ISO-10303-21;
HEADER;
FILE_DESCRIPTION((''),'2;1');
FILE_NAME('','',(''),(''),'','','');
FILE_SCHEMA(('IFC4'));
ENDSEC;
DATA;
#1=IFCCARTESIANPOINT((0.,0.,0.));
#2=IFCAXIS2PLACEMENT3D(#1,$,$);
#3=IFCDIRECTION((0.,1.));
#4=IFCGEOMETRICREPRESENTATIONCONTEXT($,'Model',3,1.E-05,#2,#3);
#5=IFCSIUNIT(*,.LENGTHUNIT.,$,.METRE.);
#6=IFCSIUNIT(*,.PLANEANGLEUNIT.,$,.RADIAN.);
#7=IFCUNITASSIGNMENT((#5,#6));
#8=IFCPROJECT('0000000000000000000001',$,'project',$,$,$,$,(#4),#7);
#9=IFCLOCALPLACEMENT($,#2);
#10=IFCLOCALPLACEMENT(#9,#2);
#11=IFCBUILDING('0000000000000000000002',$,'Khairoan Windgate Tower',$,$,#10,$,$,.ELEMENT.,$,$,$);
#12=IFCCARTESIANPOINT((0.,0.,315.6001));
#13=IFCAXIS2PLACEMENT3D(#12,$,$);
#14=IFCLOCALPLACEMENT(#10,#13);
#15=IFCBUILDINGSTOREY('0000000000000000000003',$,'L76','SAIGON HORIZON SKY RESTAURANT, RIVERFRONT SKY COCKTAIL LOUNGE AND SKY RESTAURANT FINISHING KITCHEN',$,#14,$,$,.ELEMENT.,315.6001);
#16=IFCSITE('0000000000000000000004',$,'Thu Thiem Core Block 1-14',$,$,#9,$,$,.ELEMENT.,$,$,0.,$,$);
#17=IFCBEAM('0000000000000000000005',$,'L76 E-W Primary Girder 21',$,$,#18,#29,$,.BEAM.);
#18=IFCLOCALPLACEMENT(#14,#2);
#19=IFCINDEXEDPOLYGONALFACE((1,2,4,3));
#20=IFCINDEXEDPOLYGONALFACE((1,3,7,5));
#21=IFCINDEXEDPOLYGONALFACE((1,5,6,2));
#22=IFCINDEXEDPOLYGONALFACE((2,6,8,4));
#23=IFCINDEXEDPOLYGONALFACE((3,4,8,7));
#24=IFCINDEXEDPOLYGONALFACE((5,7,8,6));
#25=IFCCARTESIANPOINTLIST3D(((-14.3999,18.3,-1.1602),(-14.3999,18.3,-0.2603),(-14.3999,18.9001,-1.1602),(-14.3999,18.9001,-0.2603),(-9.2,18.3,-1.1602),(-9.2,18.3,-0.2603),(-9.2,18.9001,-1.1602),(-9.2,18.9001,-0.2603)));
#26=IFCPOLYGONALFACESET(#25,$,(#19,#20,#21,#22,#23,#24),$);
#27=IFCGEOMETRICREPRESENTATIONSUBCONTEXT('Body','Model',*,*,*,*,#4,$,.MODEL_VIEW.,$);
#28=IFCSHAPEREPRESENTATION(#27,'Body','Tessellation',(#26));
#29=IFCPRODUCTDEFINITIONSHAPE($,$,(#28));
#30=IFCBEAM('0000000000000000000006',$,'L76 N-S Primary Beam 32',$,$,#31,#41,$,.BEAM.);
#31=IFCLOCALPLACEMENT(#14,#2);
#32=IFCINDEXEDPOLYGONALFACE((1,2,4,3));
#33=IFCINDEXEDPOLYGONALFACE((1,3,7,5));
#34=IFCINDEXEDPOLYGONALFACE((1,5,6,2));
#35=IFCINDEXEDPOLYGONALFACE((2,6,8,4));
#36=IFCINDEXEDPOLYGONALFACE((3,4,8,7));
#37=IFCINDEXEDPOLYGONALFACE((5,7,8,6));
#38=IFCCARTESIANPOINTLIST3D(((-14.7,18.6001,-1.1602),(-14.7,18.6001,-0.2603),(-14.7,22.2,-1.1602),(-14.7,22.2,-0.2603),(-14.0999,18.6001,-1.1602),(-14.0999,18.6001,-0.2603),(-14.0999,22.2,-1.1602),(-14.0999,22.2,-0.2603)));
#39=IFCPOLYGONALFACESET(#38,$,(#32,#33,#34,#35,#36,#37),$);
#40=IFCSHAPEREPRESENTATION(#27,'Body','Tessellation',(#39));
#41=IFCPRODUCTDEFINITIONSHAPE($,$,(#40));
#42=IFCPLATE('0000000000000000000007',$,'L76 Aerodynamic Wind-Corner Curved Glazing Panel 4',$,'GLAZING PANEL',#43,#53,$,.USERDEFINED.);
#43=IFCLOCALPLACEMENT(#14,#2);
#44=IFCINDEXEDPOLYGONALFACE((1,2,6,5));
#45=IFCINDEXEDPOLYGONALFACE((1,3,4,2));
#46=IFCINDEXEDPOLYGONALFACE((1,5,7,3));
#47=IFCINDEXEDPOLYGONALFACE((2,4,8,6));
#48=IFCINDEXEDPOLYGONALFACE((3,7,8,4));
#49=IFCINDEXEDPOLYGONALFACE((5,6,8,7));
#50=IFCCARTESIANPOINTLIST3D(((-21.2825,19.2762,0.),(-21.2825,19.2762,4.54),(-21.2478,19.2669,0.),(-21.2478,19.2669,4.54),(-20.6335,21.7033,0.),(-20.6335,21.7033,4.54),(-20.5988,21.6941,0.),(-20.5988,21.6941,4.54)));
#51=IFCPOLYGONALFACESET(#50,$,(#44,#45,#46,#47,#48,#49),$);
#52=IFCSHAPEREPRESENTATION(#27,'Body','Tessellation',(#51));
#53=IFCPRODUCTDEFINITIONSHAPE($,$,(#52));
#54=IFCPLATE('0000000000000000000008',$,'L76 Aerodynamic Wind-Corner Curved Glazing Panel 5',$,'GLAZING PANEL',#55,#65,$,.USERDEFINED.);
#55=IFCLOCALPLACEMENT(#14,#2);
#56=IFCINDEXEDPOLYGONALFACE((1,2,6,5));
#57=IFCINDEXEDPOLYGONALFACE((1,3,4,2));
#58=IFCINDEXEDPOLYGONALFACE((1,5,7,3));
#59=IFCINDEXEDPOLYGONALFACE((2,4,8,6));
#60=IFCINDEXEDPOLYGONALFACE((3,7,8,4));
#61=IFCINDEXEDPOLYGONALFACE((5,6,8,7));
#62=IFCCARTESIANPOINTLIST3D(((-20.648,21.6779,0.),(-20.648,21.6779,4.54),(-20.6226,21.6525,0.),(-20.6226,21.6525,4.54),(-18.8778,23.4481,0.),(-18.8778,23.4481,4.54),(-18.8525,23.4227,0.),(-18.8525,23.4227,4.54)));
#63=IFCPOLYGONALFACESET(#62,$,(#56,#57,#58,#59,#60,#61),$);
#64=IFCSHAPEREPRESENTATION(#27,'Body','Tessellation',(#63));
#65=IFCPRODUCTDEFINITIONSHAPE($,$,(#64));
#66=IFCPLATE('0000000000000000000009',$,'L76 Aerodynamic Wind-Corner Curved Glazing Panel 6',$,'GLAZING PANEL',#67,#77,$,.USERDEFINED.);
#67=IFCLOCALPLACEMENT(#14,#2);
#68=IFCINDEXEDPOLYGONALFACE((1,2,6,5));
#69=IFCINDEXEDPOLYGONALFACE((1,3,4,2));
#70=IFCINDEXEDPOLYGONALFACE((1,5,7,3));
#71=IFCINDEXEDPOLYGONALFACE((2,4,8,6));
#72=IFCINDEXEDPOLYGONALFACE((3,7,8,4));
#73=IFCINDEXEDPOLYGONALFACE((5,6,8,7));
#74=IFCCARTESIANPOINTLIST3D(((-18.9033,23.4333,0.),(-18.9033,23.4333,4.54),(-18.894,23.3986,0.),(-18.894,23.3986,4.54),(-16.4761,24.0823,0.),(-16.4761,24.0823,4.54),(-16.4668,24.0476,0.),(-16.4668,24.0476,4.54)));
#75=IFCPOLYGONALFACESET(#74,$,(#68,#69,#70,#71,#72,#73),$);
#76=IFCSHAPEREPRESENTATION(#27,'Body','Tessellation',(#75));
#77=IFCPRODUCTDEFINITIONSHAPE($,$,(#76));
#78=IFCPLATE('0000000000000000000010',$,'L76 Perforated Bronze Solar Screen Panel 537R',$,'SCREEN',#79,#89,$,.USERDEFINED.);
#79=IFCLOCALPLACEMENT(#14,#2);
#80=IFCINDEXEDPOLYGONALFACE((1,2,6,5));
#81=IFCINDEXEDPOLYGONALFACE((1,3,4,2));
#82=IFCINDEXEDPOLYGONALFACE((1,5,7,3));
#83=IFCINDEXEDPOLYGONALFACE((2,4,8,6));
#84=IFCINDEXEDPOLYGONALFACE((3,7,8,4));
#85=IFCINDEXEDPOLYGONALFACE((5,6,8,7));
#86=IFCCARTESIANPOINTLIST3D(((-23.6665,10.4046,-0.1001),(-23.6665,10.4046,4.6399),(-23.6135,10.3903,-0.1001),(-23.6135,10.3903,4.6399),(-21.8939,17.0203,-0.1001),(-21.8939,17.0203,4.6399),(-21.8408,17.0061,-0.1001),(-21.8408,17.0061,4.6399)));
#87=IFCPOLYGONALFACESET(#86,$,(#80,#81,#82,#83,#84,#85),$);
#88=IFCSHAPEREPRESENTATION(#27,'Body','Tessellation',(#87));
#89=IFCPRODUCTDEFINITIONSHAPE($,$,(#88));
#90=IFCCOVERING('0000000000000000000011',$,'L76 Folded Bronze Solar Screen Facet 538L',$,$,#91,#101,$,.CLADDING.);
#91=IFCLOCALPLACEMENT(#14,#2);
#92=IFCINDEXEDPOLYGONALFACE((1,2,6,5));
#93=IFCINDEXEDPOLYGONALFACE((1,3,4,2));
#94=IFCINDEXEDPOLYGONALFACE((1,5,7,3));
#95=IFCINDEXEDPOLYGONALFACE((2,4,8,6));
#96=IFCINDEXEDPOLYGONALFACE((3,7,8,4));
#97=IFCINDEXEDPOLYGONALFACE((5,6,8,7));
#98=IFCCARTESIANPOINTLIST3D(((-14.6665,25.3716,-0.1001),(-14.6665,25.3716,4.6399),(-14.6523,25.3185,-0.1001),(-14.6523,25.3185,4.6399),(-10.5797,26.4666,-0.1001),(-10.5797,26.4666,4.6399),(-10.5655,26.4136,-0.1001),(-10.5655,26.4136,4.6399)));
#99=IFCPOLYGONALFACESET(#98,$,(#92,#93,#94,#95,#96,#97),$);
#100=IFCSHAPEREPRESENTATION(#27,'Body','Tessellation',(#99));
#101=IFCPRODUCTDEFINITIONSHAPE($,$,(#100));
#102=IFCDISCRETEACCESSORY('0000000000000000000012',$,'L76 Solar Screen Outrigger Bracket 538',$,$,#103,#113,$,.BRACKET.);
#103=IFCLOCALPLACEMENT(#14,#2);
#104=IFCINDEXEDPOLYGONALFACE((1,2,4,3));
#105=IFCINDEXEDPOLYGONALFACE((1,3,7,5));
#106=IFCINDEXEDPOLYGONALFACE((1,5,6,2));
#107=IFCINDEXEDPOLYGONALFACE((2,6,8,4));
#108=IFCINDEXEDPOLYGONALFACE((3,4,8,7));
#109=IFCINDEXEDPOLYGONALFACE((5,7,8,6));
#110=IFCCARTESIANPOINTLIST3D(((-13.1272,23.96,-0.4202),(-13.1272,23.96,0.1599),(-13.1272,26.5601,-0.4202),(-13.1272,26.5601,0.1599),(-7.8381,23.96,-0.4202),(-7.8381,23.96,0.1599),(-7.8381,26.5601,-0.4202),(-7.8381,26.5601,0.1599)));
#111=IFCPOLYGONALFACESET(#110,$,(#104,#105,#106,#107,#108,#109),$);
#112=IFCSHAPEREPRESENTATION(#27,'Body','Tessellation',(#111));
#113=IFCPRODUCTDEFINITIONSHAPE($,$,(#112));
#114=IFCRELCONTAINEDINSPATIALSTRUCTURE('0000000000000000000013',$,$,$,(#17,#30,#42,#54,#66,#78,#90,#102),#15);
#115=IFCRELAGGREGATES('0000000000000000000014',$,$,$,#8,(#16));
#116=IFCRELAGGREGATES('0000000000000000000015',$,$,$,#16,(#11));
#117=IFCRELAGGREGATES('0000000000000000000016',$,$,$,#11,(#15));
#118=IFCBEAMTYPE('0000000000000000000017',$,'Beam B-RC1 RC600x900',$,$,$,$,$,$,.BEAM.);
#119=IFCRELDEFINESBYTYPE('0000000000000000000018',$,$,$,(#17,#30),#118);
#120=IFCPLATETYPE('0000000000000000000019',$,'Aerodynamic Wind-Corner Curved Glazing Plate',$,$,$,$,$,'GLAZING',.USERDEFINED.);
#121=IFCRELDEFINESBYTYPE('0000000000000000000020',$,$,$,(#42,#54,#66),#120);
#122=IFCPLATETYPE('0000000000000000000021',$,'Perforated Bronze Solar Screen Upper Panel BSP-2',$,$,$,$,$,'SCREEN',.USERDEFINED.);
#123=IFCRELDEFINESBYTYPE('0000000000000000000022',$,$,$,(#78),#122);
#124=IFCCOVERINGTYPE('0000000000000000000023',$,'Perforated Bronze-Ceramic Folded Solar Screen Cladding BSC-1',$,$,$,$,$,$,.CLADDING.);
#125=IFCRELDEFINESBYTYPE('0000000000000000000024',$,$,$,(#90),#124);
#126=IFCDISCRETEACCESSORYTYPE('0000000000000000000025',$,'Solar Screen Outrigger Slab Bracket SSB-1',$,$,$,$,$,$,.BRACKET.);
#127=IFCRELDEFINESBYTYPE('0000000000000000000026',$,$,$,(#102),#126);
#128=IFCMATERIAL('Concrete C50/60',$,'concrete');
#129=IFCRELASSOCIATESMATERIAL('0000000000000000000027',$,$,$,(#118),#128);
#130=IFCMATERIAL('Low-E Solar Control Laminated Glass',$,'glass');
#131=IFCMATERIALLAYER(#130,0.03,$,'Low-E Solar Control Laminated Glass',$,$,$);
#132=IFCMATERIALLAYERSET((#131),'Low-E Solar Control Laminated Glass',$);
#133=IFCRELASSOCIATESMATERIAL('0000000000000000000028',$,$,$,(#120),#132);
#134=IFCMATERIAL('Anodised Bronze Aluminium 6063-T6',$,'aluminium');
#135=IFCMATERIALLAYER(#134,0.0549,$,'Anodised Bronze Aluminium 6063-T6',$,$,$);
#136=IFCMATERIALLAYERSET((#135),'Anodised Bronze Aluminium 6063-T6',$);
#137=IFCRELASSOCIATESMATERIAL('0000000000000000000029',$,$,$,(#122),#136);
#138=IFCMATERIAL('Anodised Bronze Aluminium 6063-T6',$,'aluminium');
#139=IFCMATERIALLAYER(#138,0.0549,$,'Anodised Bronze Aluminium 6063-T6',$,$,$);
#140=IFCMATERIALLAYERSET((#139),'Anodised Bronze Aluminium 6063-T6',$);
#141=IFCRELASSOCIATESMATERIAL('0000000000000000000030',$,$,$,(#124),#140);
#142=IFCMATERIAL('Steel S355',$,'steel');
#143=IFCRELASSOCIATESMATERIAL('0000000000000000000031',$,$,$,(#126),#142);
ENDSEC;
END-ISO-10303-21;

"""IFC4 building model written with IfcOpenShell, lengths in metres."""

from ifc_helpers import new_model, si_unit, direction, frame, origin, origin_2d, place, context, subcontext, project, spatial, rectangle, extrude, material, layer, layer_set, material_profile, profile_set, type_object, element, save


model = new_model("IFC4")

# Units and contexts
model_context = context("Model", 3, precision=1e-05, world=origin(), true_north=direction((0.0, 1.0)))
body_context = subcontext(model_context, "Body", "Model", "MODEL_VIEW")
ifc_project = project(units=[si_unit("LENGTHUNIT", "METRE"), si_unit("PLANEANGLEUNIT", "RADIAN")], contexts=[model_context])

# Site, building, storey
site_placement = place(None, origin())
site = spatial("IfcSite", under=ifc_project, at=site_placement, Name="Thu Thiem Core Block 1-14", CompositionType="ELEMENT", RefElevation=0.0)
building_placement = place(site_placement, origin())
building = spatial("IfcBuilding", under=site, at=building_placement, Name="Khairoan Windgate Tower", CompositionType="ELEMENT")
storey_placement = place(building_placement, frame((0.0, 0.0, 315.6001)))
storey = spatial("IfcBuildingStorey", under=building, at=storey_placement, Name="L76", Description="SAIGON HORIZON SKY RESTAURANT, RIVERFRONT SKY COCKTAIL LOUNGE AND SKY RESTAURANT FINISHING KITCHEN", CompositionType="ELEMENT", Elevation=315.6001)

# Beams
ifc_material_1 = material(Name="Concrete C50/60", Category="concrete")
ifc_material_profile_1 = material_profile(ifc_material_1, rectangle(XDim=0.6001, YDim=0.8999, at=origin_2d()))
ifc_profile_set_1 = profile_set([ifc_material_profile_1], Name="Concrete C50/60")
beam_type = type_object("IfcBeamType", Name="Beam B-RC1 RC600x900", PredefinedType="BEAM", material=ifc_profile_set_1)
beam_1_placement = place(storey_placement, frame((-14.3999, 18.6001, -0.7102), z_axis=(1.0, 0.0, 0.0), x_axis=(0.0, 1.0, 0.0)))
element("IfcBeam", 1, at=beam_1_placement, inside=storey, type_object=beam_type, Name="L76 E-W Primary Girder 21", PredefinedType="BEAM", context=body_context, shape_type="SweptSolid", body=[
    extrude(rectangle(XDim=0.6001, YDim=0.8999, at=origin_2d()), origin(), (0.0, 0.0, 1.0), 5.2),
])
beam_2_placement = place(storey_placement, frame((-14.3999, 18.6001, -0.7102), z_axis=(0.0, 1.0, 0.0), x_axis=(-1.0, 0.0, 0.0)))
element("IfcBeam", 2, at=beam_2_placement, inside=storey, type_object=beam_type, Name="L76 N-S Primary Beam 32", PredefinedType="BEAM", context=body_context, shape_type="SweptSolid", body=[
    extrude(rectangle(XDim=0.6001, YDim=0.8999, at=origin_2d()), origin(), (0.0, 0.0, 1.0), 3.5999),
])

# Plates
ifc_material_2 = material(Name="Low-E Solar Control Laminated Glass", Category="glass")
ifc_layer_1 = layer(ifc_material_2, 0.03, Name="Low-E Solar Control Laminated Glass")
ifc_layer_set_1 = layer_set([ifc_layer_1], Name="Low-E Solar Control Laminated Glass")
plate_type_1 = type_object("IfcPlateType", Name="Aerodynamic Wind-Corner Curved Glazing Plate", ElementType="GLAZING", PredefinedType="USERDEFINED", material=ifc_layer_set_1)
plate_1_placement = place(storey_placement, frame((-20.9407, 20.4851, 0.0), z_axis=(0.0, 0.0, 1.0), x_axis=(0.258313, 0.966061, 0.0)))
element("IfcPlate", 3, at=plate_1_placement, inside=storey, type_object=plate_type_1, Name="L76 Aerodynamic Wind-Corner Curved Glazing Panel 4", ObjectType="GLAZING PANEL", PredefinedType="USERDEFINED", context=body_context, shape_type="SweptSolid", body=[
    extrude(rectangle(XDim=2.5125, YDim=0.0359, at=origin_2d()), origin(), (0.0, 0.0, 1.0), 4.54),
])
plate_2_placement = place(storey_placement, frame((-19.7502, 22.5503, 0.0), z_axis=(0.0, 0.0, 1.0), x_axis=(0.707107, 0.707107, 0.0)))
element("IfcPlate", 4, at=plate_2_placement, inside=storey, type_object=plate_type_1, Name="L76 Aerodynamic Wind-Corner Curved Glazing Panel 5", ObjectType="GLAZING PANEL", PredefinedType="USERDEFINED", context=body_context, shape_type="SweptSolid", body=[
    extrude(rectangle(XDim=2.5034, YDim=0.0359, at=origin_2d()), origin(), (0.0, 0.0, 1.0), 4.54),
])
plate_3_placement = place(storey_placement, frame((-17.6851, 23.7405, 0.0), z_axis=(0.0, 0.0, 1.0), x_axis=(0.966061, 0.258313, 0.0)))
element("IfcPlate", 5, at=plate_3_placement, inside=storey, type_object=plate_type_1, Name="L76 Aerodynamic Wind-Corner Curved Glazing Panel 6", ObjectType="GLAZING PANEL", PredefinedType="USERDEFINED", context=body_context, shape_type="SweptSolid", body=[
    extrude(rectangle(XDim=2.5125, YDim=0.0359, at=origin_2d()), origin(), (0.0, 0.0, 1.0), 4.54),
])

# Plate
ifc_material_3 = material(Name="Anodised Bronze Aluminium 6063-T6", Category="aluminium")
ifc_layer_2 = layer(ifc_material_3, 0.0549, Name="Anodised Bronze Aluminium 6063-T6")
ifc_layer_set_2 = layer_set([ifc_layer_2], Name="Anodised Bronze Aluminium 6063-T6")
plate_type_2 = type_object("IfcPlateType", Name="Perforated Bronze Solar Screen Upper Panel BSP-2", ElementType="SCREEN", PredefinedType="USERDEFINED", material=ifc_layer_set_2)
plate_4_placement = place(storey_placement, frame((-22.7537, 13.7053, -0.1001), z_axis=(0.0, 0.0, 1.0), x_axis=(0.258819, 0.965926, 0.0)))
element("IfcPlate", 6, at=plate_4_placement, inside=storey, type_object=plate_type_2, Name="L76 Perforated Bronze Solar Screen Panel 537R", ObjectType="SCREEN", PredefinedType="USERDEFINED", context=body_context, shape_type="SweptSolid", body=[
    extrude(rectangle(XDim=6.8491, YDim=0.0549, at=origin_2d()), origin(), (0.0, 0.0, 1.0), 4.74),
])

# Covering
ifc_material_4 = material(Name="Anodised Bronze Aluminium 6063-T6", Category="aluminium")
ifc_layer_3 = layer(ifc_material_4, 0.0549, Name="Anodised Bronze Aluminium 6063-T6")
ifc_layer_set_3 = layer_set([ifc_layer_3], Name="Anodised Bronze Aluminium 6063-T6")
covering_type = type_object("IfcCoveringType", Name="Perforated Bronze-Ceramic Folded Solar Screen Cladding BSC-1", PredefinedType="CLADDING", material=ifc_layer_set_3)
covering_placement = place(storey_placement, frame((-12.616, 25.8926, -0.1001), z_axis=(0.0, 0.0, 1.0), x_axis=(0.965926, 0.258819, 0.0)))
element("IfcCovering", 7, at=covering_placement, inside=storey, type_object=covering_type, Name="L76 Folded Bronze Solar Screen Facet 538L", PredefinedType="CLADDING", context=body_context, shape_type="SweptSolid", body=[
    extrude(rectangle(XDim=4.231, YDim=0.0549, at=origin_2d()), origin(), (0.0, 0.0, 1.0), 4.74),
])

# Discrete accessory
ifc_material_5 = material(Name="Steel S355", Category="steel")
discrete_accessory_type = type_object("IfcDiscreteAccessoryType", Name="Solar Screen Outrigger Slab Bracket SSB-1", PredefinedType="BRACKET", material=ifc_material_5)
discrete_accessory_placement = place(storey_placement, frame((-10.4827, 25.26, -0.4202), z_axis=(0.0, 0.0, 1.0), x_axis=(1.0, 0.0, 0.0)))
element("IfcDiscreteAccessory", 8, at=discrete_accessory_placement, inside=storey, type_object=discrete_accessory_type, Name="L76 Solar Screen Outrigger Bracket 538", PredefinedType="BRACKET", context=body_context, shape_type="SweptSolid", body=[
    extrude(rectangle(XDim=5.2891, YDim=2.6001, at=origin_2d()), origin(), (0.0, 0.0, 1.0), 0.5801),
])

save(model, "model.ifc")
